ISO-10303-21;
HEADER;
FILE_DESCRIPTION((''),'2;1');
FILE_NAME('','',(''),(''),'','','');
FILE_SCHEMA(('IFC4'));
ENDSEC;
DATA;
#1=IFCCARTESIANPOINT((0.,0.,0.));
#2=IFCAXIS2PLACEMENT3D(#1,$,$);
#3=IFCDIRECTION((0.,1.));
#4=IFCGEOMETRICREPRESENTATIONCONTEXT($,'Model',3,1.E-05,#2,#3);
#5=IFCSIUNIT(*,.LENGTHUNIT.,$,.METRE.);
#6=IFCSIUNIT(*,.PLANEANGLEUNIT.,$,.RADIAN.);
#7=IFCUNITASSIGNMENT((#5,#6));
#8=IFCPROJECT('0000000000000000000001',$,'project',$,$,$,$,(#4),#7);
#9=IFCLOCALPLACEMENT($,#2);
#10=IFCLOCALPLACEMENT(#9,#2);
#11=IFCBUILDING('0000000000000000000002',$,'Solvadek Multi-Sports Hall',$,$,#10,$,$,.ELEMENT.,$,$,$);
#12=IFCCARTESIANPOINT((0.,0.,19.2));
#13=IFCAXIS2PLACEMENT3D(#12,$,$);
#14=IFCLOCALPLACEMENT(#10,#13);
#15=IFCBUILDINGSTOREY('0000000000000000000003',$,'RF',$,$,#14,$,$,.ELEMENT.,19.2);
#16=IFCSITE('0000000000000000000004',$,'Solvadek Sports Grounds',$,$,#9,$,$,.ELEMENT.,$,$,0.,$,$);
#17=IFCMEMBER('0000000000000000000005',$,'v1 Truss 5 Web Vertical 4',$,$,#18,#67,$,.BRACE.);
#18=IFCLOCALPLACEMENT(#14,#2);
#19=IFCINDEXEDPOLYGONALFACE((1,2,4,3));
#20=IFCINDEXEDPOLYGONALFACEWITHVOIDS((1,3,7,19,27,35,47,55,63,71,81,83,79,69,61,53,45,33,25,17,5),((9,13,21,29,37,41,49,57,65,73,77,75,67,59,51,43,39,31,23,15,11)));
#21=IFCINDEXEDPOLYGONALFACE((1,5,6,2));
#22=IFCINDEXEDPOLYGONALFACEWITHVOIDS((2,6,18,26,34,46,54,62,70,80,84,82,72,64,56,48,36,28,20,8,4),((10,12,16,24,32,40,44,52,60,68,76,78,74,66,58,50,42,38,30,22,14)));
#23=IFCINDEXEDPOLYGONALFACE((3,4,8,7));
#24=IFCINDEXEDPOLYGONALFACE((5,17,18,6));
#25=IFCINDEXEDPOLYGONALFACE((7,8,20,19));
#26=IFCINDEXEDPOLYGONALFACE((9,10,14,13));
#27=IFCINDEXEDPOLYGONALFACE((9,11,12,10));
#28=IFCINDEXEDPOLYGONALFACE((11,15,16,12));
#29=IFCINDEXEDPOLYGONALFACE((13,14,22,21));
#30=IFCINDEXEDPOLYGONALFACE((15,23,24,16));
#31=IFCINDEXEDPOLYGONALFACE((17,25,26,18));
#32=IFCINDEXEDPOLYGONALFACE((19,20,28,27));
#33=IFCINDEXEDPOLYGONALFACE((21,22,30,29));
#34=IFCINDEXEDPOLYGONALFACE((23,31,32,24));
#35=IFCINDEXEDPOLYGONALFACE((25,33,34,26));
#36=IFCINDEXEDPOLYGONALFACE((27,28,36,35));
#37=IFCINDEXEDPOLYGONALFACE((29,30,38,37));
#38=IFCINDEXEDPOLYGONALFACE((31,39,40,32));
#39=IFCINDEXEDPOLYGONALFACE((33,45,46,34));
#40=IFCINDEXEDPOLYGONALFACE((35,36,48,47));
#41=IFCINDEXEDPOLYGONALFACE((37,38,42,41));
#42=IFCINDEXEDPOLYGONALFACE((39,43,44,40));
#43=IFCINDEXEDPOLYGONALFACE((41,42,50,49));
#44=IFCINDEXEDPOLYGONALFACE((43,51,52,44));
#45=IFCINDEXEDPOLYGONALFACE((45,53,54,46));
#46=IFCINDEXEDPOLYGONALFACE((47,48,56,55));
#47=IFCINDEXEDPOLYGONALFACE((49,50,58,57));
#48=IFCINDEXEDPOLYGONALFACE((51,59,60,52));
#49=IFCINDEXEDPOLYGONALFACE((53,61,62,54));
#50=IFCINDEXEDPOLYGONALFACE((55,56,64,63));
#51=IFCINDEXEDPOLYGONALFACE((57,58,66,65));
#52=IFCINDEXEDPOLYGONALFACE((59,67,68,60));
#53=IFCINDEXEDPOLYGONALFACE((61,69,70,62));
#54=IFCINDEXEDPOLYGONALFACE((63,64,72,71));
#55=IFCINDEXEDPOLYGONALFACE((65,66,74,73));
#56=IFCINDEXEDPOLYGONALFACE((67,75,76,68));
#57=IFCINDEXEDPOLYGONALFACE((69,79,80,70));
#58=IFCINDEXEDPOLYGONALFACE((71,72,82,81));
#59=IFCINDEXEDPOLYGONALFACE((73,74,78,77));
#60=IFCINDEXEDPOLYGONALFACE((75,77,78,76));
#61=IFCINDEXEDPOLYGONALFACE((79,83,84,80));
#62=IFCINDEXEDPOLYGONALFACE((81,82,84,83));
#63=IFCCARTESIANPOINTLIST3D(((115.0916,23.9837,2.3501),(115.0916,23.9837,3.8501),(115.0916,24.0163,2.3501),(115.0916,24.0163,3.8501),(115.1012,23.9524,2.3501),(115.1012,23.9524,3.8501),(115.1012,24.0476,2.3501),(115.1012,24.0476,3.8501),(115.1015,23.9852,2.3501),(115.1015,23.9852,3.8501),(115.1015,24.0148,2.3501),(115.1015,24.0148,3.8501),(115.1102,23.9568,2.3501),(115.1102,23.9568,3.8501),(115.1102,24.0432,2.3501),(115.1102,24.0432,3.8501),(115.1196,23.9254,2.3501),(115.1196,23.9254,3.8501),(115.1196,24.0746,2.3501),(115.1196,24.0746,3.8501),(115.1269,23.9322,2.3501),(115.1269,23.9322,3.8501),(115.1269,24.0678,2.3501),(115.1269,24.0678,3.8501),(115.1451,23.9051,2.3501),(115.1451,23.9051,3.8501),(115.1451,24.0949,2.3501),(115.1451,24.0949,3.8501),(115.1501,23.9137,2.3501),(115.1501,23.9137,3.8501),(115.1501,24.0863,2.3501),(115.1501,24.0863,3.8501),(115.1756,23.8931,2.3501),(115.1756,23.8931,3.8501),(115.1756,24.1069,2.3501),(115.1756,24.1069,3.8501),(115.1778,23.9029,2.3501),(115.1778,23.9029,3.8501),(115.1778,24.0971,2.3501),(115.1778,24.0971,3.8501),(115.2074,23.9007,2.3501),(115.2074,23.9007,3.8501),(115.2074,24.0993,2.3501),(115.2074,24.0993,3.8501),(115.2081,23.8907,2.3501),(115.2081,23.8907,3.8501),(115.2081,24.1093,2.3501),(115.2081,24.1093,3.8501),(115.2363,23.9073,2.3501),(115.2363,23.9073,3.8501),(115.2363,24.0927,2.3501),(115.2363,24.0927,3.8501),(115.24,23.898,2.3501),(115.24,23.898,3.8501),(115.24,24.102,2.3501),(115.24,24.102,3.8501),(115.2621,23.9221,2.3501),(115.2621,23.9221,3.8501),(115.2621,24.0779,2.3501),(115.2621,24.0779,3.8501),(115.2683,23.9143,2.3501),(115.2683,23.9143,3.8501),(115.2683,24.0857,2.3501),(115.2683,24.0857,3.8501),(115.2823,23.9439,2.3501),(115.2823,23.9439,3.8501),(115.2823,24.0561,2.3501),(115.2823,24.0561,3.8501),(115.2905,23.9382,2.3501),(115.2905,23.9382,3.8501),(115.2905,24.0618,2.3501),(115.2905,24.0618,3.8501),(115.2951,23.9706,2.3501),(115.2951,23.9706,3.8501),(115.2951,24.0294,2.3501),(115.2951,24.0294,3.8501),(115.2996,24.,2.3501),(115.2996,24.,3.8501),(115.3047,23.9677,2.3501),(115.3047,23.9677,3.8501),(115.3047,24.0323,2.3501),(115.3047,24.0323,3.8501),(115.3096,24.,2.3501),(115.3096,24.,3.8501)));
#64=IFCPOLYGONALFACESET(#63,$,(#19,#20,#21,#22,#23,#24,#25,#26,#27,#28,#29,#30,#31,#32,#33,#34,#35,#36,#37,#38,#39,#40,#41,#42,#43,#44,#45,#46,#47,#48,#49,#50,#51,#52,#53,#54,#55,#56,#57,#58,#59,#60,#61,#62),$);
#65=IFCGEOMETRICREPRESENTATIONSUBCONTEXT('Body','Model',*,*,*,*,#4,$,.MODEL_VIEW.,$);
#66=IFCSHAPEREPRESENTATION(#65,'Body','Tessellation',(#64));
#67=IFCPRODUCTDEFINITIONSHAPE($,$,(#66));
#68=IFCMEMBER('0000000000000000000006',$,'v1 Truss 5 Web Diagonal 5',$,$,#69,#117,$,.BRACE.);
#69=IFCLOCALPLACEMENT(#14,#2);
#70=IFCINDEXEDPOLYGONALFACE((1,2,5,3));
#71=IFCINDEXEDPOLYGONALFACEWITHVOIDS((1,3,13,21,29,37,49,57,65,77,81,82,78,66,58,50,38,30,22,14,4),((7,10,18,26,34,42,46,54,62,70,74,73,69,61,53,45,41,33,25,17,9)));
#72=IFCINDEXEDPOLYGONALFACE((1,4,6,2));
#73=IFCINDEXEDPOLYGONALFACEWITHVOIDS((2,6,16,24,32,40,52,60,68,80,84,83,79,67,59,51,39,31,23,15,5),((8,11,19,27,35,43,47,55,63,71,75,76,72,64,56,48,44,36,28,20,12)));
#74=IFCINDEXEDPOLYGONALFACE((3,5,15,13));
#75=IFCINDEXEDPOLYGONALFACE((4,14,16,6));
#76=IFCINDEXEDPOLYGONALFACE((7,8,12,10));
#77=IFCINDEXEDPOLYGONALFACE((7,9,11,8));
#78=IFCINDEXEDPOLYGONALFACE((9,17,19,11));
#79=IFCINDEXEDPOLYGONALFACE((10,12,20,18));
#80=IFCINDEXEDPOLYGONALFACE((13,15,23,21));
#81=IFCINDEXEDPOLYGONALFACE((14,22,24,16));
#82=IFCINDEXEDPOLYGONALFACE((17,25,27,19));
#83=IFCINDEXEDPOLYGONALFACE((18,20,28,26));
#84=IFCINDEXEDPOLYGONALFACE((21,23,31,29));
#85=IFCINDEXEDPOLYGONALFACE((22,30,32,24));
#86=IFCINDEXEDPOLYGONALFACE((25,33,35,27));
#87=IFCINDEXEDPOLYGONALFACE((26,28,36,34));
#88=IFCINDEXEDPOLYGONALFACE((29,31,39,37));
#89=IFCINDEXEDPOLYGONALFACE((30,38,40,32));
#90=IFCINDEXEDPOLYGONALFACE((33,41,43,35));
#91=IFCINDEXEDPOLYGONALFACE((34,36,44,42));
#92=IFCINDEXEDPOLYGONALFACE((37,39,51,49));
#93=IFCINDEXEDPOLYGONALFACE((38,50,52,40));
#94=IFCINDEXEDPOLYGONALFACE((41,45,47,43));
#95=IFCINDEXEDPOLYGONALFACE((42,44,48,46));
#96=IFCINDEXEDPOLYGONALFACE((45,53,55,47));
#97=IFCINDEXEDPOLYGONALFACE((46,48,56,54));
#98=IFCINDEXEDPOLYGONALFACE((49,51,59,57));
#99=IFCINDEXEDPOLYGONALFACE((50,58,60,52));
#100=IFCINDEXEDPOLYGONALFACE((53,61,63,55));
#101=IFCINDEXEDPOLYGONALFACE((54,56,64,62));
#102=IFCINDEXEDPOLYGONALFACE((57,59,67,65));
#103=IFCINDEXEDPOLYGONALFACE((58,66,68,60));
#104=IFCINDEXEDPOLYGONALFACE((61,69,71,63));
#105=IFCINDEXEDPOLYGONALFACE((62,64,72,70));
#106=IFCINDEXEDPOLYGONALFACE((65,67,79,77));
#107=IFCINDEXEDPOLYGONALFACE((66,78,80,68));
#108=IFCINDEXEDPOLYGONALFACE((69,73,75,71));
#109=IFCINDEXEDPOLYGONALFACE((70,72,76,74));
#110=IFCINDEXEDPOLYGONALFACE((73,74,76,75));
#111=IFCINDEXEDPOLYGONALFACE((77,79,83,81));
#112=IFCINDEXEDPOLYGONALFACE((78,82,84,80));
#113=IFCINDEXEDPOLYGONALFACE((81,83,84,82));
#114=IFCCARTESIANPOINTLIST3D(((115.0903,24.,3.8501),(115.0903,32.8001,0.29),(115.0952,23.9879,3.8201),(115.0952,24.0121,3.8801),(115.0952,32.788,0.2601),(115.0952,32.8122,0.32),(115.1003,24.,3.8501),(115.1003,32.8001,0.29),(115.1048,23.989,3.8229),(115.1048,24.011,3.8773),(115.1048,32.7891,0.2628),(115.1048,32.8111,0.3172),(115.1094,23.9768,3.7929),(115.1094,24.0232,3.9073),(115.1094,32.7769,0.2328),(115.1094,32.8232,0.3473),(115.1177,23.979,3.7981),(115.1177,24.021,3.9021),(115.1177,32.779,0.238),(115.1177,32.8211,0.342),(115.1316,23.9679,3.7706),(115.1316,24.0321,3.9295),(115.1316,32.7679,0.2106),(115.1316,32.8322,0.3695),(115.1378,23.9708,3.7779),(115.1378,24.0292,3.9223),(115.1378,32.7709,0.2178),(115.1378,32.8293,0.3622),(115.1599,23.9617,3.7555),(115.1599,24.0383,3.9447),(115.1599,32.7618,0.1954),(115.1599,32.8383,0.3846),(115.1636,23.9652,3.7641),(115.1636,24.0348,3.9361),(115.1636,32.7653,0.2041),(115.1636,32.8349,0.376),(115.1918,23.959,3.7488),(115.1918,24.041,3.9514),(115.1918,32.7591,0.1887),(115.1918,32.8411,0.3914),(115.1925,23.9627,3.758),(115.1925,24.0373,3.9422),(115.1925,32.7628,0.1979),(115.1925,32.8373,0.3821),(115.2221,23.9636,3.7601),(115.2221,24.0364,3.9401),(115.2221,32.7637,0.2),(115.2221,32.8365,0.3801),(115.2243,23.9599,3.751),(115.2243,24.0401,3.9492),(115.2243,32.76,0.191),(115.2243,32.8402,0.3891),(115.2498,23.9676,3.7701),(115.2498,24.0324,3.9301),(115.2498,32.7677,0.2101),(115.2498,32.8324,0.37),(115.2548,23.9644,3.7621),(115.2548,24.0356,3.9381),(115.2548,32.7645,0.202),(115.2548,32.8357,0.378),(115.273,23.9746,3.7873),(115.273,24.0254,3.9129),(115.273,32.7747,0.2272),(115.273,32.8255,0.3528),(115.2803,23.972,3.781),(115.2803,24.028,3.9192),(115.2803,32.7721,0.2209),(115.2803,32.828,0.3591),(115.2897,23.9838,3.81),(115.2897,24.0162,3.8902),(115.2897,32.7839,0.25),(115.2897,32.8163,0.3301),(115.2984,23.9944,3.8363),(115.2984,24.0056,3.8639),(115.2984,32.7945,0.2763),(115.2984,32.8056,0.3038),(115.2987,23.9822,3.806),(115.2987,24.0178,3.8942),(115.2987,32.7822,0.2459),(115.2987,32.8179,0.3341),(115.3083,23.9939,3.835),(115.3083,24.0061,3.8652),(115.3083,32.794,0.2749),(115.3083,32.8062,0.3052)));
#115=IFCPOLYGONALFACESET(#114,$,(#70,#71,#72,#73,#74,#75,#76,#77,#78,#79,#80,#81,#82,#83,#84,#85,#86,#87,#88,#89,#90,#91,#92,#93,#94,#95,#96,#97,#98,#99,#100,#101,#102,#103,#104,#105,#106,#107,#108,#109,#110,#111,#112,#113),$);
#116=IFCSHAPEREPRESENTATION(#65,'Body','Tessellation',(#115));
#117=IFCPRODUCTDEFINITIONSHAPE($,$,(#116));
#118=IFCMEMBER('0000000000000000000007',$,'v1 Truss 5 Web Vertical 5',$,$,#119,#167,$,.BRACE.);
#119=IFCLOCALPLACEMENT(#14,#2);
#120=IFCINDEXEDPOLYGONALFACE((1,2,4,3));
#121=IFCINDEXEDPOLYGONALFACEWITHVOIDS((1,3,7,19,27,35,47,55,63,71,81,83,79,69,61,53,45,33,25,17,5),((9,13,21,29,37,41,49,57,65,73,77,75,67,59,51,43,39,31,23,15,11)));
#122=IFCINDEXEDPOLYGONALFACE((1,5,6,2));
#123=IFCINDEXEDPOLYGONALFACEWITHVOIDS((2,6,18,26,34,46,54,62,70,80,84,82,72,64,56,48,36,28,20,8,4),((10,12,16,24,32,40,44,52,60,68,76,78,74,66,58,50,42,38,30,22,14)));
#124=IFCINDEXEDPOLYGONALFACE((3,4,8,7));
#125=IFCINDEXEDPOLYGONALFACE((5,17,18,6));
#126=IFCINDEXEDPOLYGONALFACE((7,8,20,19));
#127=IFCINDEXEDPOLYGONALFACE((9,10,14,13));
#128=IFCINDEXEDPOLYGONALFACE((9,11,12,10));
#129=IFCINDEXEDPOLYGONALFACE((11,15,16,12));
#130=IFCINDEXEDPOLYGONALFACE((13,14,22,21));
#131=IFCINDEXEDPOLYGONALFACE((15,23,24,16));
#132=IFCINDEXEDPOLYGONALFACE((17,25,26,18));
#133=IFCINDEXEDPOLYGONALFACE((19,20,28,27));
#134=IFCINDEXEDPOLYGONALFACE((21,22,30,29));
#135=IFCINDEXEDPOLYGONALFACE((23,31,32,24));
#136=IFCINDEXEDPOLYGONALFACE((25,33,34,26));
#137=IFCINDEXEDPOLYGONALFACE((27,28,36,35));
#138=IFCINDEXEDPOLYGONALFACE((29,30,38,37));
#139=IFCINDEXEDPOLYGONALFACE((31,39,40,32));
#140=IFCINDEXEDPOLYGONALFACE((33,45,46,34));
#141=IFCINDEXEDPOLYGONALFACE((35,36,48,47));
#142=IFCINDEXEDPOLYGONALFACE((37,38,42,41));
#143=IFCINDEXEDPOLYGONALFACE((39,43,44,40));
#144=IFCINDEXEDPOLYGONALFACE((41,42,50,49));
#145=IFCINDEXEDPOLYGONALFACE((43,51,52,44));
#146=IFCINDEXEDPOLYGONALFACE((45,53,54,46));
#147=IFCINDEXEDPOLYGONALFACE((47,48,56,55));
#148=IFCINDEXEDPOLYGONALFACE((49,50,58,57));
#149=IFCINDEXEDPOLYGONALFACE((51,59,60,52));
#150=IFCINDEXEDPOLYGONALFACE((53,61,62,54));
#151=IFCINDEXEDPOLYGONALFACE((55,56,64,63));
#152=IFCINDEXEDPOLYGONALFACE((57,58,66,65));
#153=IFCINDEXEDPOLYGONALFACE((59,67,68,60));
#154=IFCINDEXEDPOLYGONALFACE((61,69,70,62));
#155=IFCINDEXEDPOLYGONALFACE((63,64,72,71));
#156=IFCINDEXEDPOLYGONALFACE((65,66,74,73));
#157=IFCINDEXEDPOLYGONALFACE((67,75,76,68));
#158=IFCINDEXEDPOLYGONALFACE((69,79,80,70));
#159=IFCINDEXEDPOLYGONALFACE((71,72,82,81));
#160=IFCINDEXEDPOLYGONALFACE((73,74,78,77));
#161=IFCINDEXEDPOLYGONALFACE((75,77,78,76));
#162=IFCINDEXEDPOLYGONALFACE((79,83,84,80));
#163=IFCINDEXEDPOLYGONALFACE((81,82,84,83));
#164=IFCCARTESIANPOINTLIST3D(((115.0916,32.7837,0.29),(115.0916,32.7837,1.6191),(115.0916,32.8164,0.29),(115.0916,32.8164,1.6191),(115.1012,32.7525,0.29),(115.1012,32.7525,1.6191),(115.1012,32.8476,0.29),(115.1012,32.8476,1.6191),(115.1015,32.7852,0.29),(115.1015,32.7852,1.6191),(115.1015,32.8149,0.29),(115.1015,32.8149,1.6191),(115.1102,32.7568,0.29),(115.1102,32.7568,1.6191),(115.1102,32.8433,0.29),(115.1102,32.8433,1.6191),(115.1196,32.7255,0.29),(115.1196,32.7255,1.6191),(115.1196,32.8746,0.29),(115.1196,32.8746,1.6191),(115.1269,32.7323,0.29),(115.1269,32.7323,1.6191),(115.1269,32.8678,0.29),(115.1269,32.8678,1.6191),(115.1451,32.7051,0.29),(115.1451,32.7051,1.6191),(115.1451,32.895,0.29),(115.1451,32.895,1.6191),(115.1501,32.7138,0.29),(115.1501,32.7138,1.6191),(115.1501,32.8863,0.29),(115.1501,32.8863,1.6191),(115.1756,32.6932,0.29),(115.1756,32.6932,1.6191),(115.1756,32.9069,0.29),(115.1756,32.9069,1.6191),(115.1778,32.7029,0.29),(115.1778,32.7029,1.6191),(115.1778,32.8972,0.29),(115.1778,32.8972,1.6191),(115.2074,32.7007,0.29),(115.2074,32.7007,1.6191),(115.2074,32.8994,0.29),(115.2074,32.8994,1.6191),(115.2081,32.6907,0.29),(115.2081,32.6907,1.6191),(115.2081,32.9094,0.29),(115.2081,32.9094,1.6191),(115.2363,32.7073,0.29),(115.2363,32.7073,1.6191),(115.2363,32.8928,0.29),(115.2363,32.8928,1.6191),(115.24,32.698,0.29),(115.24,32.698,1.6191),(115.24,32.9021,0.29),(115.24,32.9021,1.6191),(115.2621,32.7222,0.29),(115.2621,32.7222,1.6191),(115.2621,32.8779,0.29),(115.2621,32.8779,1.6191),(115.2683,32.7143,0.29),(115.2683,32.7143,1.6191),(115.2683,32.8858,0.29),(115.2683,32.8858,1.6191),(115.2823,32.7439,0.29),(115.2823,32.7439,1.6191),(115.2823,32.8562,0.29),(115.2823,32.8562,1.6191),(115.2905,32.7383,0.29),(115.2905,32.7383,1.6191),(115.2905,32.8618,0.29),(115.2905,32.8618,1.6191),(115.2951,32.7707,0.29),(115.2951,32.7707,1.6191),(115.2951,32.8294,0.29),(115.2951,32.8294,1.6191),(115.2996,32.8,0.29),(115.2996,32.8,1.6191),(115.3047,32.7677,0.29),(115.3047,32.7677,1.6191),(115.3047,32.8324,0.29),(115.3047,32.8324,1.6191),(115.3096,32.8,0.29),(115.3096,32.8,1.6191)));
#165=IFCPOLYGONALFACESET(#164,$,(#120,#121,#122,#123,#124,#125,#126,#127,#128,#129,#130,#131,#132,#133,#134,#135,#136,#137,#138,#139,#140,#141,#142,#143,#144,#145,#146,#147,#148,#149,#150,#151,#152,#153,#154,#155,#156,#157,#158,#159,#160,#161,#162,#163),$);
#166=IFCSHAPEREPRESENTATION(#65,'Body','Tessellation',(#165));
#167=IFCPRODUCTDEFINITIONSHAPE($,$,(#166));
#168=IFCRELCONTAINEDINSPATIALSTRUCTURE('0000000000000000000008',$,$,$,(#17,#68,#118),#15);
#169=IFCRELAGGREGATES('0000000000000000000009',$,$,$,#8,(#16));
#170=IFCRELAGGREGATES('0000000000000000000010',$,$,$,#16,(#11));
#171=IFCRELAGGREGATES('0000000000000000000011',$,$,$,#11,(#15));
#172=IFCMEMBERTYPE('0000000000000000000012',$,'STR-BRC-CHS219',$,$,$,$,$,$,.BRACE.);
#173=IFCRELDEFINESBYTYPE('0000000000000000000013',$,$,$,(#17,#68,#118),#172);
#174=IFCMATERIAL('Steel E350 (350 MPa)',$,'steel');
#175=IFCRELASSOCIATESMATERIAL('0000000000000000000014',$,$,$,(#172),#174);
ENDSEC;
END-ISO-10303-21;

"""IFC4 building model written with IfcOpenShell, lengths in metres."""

from ifc_helpers import new_model, si_unit, direction, frame, origin, origin_2d, place, context, subcontext, project, spatial, hollow_circle, extrude, material, material_profile, profile_set, type_object, element, save


model = new_model("IFC4")

# Units and contexts
model_context = context("Model", 3, precision=1e-05, world=origin(), true_north=direction((0.0, 1.0)))
body_context = subcontext(model_context, "Body", "Model", "MODEL_VIEW")
ifc_project = project(units=[si_unit("LENGTHUNIT", "METRE"), si_unit("PLANEANGLEUNIT", "RADIAN")], contexts=[model_context])

# Site, building, storey
site_placement = place(None, origin())
site = spatial("IfcSite", under=ifc_project, at=site_placement, Name="Solvadek Sports Grounds", CompositionType="ELEMENT", RefElevation=0.0)
building_placement = place(site_placement, origin())
building = spatial("IfcBuilding", under=site, at=building_placement, Name="Solvadek Multi-Sports Hall", CompositionType="ELEMENT")
storey_placement = place(building_placement, frame((0.0, 0.0, 19.2)))
storey = spatial("IfcBuildingStorey", under=building, at=storey_placement, Name="RF", CompositionType="ELEMENT", Elevation=19.2)

# Members
ifc_material_1 = material(Name="Steel E350 (350 MPa)", Category="steel")
ifc_material_profile_1 = material_profile(ifc_material_1, hollow_circle(Radius=0.1096, WallThickness=0.01, at=origin_2d()), Name="CHS 219.1x10")
ifc_profile_set_1 = profile_set([ifc_material_profile_1], Name="Steel E350 (350 MPa)")
member_type_1 = type_object("IfcMemberType", Name="STR-BRC-CHS219", PredefinedType="BRACE", material=ifc_profile_set_1)
member_1_placement = place(storey_placement, frame((115.2, 24.0, 2.3501), z_axis=(0.0, 0.0, 1.0), x_axis=(1.0, 0.0, 0.0)))
element("IfcMember", 1, at=member_1_placement, inside=storey, type_object=member_type_1, Name="v1 Truss 5 Web Vertical 4", PredefinedType="BRACE", context=body_context, shape_type="SweptSolid", body=[
    extrude(hollow_circle(Radius=0.1096, WallThickness=0.01, at=origin_2d()), origin(), (0.0, 0.0, 1.0), 1.5),
])
member_2_placement = place(storey_placement, frame((115.2, 24.0, 3.8501), z_axis=(0.0, 0.927015, -0.375024), x_axis=(-1.0, 0.0, 0.0)))
element("IfcMember", 2, at=member_2_placement, inside=storey, type_object=member_type_1, Name="v1 Truss 5 Web Diagonal 5", PredefinedType="BRACE", context=body_context, shape_type="SweptSolid", body=[
    extrude(hollow_circle(Radius=0.1096, WallThickness=0.01, at=origin_2d()), origin(), (0.0, 0.0, 1.0), 9.4929),
])
member_3_placement = place(storey_placement, frame((115.2, 32.8, 0.29), z_axis=(0.0, 0.0, 1.0), x_axis=(1.0, 0.0, 0.0)))
element("IfcMember", 3, at=member_3_placement, inside=storey, type_object=member_type_1, Name="v1 Truss 5 Web Vertical 5", PredefinedType="BRACE", context=body_context, shape_type="SweptSolid", body=[
    extrude(hollow_circle(Radius=0.1096, WallThickness=0.01, at=origin_2d()), origin(), (0.0, 0.0, 1.0), 1.3291),
])

save(model, "model.ifc")
